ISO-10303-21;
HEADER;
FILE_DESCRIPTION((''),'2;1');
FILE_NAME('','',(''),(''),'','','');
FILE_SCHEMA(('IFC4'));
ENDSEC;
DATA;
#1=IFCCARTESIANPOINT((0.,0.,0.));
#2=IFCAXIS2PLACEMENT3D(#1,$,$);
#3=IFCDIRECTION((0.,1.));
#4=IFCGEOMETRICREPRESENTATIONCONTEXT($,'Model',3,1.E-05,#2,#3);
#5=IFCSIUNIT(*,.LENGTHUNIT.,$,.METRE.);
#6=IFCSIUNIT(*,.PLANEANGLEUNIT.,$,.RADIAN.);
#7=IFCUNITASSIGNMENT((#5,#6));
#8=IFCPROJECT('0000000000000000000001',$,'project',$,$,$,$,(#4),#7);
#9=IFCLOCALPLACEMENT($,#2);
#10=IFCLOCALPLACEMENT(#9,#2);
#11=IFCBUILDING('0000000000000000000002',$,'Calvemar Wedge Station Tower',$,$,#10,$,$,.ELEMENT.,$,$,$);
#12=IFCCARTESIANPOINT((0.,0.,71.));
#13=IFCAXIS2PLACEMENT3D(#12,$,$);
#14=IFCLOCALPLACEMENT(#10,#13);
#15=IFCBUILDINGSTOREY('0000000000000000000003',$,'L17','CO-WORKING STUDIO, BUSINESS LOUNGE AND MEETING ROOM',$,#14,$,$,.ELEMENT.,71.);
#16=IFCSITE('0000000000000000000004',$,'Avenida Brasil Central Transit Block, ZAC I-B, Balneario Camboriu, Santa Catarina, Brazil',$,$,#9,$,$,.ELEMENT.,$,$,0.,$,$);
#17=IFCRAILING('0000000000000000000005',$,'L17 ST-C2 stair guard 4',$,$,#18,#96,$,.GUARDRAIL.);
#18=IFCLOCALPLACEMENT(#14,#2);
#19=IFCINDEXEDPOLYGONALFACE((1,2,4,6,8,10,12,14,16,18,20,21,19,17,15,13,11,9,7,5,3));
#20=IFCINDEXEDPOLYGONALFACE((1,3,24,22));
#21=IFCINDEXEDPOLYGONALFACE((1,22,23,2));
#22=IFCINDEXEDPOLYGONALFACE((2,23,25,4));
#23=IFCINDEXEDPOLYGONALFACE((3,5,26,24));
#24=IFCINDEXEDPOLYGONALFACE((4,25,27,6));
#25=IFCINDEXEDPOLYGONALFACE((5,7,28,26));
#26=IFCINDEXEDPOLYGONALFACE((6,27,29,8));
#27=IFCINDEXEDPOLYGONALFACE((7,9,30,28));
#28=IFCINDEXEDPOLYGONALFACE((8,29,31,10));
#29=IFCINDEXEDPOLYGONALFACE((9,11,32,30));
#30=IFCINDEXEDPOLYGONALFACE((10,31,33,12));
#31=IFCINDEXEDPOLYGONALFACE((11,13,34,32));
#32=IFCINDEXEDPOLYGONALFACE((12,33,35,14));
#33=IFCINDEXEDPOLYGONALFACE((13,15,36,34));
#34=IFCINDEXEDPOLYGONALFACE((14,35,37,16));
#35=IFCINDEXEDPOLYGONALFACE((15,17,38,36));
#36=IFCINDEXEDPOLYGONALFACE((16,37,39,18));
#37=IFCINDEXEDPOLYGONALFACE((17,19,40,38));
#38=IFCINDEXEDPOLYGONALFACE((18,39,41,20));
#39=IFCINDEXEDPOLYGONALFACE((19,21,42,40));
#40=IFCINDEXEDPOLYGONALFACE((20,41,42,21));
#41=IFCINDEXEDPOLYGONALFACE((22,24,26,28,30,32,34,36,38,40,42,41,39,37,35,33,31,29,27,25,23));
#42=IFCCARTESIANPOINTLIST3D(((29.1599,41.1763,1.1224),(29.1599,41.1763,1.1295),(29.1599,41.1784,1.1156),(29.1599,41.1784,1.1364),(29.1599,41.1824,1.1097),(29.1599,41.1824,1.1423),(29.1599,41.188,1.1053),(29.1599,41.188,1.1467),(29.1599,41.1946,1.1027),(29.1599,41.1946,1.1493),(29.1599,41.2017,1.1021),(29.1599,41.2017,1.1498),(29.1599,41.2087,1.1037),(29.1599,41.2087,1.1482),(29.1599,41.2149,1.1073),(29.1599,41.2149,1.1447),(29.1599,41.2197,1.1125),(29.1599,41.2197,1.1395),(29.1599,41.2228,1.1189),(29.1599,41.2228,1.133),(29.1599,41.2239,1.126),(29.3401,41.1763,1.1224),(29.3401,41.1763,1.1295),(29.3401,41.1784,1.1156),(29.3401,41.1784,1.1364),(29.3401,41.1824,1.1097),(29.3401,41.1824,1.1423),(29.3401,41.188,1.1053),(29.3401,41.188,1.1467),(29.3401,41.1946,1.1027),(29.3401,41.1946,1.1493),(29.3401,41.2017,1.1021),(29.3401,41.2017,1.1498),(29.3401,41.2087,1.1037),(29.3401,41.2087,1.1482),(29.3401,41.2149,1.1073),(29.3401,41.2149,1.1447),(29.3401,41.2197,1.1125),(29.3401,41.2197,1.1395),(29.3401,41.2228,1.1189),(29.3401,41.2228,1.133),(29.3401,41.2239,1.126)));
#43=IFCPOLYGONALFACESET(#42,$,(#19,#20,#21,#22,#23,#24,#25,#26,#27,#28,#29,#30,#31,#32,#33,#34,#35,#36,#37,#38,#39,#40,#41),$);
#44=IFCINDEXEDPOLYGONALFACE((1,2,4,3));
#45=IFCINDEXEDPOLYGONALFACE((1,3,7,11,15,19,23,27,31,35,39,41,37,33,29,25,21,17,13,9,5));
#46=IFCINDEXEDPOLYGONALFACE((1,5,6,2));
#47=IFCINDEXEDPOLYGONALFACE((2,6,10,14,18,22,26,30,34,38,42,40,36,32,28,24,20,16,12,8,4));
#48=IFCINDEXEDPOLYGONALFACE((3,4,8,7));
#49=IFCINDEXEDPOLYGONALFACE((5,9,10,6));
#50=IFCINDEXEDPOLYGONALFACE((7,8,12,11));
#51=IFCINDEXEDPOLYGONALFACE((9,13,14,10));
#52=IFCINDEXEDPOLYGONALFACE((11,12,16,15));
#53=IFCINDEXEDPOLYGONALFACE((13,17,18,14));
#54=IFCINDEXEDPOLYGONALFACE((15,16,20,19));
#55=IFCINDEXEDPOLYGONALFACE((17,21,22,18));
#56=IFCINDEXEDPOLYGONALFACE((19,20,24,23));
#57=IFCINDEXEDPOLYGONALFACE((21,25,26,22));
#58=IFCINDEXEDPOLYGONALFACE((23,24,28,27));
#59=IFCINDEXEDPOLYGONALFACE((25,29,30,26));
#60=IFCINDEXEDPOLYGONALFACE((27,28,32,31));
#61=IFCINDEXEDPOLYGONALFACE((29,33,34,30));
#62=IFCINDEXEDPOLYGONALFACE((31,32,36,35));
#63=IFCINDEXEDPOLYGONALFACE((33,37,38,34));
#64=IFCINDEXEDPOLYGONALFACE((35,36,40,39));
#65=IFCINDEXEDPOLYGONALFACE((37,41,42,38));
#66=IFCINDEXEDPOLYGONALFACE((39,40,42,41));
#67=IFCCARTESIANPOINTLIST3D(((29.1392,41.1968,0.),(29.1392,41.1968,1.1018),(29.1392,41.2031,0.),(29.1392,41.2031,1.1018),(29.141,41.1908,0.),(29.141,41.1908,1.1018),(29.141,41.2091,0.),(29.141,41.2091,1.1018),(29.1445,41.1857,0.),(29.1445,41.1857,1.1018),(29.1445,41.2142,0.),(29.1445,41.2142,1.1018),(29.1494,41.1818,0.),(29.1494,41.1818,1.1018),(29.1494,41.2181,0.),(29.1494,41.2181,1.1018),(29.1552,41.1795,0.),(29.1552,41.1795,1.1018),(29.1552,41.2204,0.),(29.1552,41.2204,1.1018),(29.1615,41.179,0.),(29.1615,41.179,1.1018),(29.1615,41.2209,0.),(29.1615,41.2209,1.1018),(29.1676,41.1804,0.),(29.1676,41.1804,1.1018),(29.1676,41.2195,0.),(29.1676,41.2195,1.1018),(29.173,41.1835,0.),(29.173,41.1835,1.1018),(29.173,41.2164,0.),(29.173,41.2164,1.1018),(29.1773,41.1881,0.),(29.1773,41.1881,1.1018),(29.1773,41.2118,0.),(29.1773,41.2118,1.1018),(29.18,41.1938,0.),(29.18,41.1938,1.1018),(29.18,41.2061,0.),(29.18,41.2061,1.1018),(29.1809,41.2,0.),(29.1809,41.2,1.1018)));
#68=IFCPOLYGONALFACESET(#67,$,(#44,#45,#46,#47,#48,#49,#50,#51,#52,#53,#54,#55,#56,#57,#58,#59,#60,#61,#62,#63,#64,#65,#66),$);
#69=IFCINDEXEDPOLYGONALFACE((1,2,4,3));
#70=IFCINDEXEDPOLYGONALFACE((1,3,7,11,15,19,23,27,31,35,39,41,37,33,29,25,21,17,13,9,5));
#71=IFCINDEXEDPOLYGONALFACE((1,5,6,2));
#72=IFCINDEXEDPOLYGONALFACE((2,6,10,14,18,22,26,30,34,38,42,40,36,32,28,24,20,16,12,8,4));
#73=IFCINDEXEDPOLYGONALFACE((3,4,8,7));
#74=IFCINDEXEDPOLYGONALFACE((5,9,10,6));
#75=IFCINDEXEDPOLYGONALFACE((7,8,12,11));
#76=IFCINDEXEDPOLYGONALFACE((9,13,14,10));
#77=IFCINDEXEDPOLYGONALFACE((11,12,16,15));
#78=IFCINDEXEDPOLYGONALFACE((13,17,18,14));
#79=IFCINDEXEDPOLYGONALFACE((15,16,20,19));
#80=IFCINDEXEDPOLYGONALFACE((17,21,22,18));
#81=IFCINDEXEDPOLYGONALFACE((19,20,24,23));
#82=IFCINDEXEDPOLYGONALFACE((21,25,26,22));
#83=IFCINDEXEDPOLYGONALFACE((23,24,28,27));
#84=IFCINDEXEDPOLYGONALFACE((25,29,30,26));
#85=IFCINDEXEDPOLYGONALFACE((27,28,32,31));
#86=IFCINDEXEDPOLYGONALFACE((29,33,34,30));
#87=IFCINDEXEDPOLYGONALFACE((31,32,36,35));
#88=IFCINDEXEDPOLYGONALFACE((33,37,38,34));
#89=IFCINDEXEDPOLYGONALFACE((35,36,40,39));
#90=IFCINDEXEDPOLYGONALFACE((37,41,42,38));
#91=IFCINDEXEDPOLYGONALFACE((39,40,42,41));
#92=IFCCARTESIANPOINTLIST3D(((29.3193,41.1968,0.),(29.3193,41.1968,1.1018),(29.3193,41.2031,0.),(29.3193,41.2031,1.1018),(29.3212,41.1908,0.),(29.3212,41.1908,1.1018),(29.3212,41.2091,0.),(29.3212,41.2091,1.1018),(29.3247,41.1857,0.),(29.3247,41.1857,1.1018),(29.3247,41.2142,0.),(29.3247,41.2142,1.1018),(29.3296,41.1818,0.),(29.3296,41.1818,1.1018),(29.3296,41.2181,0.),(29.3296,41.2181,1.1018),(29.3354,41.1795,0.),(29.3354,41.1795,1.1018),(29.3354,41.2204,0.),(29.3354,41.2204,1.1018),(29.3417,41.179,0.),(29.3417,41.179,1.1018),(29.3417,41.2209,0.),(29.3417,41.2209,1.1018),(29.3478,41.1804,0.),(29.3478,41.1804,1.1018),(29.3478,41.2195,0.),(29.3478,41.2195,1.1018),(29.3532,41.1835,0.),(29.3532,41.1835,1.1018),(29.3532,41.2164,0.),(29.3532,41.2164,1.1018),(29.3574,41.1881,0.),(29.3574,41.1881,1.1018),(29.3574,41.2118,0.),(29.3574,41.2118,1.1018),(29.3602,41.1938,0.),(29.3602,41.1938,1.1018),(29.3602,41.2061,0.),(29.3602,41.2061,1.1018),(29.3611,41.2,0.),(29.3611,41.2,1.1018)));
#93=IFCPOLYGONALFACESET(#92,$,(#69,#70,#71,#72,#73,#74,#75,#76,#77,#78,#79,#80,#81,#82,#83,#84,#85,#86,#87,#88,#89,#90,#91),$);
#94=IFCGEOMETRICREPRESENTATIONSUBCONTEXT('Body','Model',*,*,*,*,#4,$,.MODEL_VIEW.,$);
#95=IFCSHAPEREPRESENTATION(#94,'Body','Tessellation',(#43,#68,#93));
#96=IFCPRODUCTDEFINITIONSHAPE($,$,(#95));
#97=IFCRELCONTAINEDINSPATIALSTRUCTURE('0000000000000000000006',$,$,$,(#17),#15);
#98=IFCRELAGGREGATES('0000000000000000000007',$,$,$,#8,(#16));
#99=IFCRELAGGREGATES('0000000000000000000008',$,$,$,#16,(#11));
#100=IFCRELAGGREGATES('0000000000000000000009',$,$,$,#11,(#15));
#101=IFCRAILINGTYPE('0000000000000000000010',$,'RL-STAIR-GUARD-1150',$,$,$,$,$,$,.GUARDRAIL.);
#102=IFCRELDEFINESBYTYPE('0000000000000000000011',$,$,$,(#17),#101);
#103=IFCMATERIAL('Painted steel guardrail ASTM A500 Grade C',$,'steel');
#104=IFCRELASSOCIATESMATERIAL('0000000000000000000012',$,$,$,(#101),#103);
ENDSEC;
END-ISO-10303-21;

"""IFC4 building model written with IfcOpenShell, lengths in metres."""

from ifc_helpers import new_model, si_unit, direction, frame, origin, origin_2d, place, context, subcontext, project, spatial, circle, extrude, material, type_object, element, save


model = new_model("IFC4")

# Units and contexts
model_context = context("Model", 3, precision=1e-05, world=origin(), true_north=direction((0.0, 1.0)))
body_context = subcontext(model_context, "Body", "Model", "MODEL_VIEW")
ifc_project = project(units=[si_unit("LENGTHUNIT", "METRE"), si_unit("PLANEANGLEUNIT", "RADIAN")], contexts=[model_context])

# Site, building, storey
site_placement = place(None, origin())
site = spatial("IfcSite", under=ifc_project, at=site_placement, Name="Avenida Brasil Central Transit Block, ZAC I-B, Balneario Camboriu, Santa Catarina, Brazil", CompositionType="ELEMENT", RefElevation=0.0)
building_placement = place(site_placement, origin())
building = spatial("IfcBuilding", under=site, at=building_placement, Name="Calvemar Wedge Station Tower", CompositionType="ELEMENT")
storey_placement = place(building_placement, frame((0.0, 0.0, 71.0)))
storey = spatial("IfcBuildingStorey", under=building, at=storey_placement, Name="L17", Description="CO-WORKING STUDIO, BUSINESS LOUNGE AND MEETING ROOM", CompositionType="ELEMENT", Elevation=71.0)

# Railing
ifc_material_1 = material(Name="Painted steel guardrail ASTM A500 Grade C", Category="steel")
railing_type_1 = type_object("IfcRailingType", Name="RL-STAIR-GUARD-1150", PredefinedType="GUARDRAIL", material=ifc_material_1)
railing_1_placement = place(storey_placement, frame((29.1599, 41.2, 0.0)))
element("IfcRailing", 1, at=railing_1_placement, inside=storey, type_object=railing_type_1, Name="L17 ST-C2 stair guard 4", PredefinedType="GUARDRAIL", context=body_context, shape_type="SweptSolid", body=[
    extrude(circle(Radius=0.0239, at=origin_2d()), frame((0.0, 0.0, 1.126), z_axis=(1.0, 0.0, 0.0), x_axis=(0.0, 1.0, 0.0)), (0.0, 0.0, 1.0), 0.1802),
    extrude(circle(Radius=0.021, at=origin_2d()), origin(), (0.0, 0.0, 1.0), 1.1018),
    extrude(circle(Radius=0.021, at=origin_2d()), frame((0.1802, 0.0, 0.0)), (0.0, 0.0, 1.0), 1.1018),
])

save(model, "model.ifc")
